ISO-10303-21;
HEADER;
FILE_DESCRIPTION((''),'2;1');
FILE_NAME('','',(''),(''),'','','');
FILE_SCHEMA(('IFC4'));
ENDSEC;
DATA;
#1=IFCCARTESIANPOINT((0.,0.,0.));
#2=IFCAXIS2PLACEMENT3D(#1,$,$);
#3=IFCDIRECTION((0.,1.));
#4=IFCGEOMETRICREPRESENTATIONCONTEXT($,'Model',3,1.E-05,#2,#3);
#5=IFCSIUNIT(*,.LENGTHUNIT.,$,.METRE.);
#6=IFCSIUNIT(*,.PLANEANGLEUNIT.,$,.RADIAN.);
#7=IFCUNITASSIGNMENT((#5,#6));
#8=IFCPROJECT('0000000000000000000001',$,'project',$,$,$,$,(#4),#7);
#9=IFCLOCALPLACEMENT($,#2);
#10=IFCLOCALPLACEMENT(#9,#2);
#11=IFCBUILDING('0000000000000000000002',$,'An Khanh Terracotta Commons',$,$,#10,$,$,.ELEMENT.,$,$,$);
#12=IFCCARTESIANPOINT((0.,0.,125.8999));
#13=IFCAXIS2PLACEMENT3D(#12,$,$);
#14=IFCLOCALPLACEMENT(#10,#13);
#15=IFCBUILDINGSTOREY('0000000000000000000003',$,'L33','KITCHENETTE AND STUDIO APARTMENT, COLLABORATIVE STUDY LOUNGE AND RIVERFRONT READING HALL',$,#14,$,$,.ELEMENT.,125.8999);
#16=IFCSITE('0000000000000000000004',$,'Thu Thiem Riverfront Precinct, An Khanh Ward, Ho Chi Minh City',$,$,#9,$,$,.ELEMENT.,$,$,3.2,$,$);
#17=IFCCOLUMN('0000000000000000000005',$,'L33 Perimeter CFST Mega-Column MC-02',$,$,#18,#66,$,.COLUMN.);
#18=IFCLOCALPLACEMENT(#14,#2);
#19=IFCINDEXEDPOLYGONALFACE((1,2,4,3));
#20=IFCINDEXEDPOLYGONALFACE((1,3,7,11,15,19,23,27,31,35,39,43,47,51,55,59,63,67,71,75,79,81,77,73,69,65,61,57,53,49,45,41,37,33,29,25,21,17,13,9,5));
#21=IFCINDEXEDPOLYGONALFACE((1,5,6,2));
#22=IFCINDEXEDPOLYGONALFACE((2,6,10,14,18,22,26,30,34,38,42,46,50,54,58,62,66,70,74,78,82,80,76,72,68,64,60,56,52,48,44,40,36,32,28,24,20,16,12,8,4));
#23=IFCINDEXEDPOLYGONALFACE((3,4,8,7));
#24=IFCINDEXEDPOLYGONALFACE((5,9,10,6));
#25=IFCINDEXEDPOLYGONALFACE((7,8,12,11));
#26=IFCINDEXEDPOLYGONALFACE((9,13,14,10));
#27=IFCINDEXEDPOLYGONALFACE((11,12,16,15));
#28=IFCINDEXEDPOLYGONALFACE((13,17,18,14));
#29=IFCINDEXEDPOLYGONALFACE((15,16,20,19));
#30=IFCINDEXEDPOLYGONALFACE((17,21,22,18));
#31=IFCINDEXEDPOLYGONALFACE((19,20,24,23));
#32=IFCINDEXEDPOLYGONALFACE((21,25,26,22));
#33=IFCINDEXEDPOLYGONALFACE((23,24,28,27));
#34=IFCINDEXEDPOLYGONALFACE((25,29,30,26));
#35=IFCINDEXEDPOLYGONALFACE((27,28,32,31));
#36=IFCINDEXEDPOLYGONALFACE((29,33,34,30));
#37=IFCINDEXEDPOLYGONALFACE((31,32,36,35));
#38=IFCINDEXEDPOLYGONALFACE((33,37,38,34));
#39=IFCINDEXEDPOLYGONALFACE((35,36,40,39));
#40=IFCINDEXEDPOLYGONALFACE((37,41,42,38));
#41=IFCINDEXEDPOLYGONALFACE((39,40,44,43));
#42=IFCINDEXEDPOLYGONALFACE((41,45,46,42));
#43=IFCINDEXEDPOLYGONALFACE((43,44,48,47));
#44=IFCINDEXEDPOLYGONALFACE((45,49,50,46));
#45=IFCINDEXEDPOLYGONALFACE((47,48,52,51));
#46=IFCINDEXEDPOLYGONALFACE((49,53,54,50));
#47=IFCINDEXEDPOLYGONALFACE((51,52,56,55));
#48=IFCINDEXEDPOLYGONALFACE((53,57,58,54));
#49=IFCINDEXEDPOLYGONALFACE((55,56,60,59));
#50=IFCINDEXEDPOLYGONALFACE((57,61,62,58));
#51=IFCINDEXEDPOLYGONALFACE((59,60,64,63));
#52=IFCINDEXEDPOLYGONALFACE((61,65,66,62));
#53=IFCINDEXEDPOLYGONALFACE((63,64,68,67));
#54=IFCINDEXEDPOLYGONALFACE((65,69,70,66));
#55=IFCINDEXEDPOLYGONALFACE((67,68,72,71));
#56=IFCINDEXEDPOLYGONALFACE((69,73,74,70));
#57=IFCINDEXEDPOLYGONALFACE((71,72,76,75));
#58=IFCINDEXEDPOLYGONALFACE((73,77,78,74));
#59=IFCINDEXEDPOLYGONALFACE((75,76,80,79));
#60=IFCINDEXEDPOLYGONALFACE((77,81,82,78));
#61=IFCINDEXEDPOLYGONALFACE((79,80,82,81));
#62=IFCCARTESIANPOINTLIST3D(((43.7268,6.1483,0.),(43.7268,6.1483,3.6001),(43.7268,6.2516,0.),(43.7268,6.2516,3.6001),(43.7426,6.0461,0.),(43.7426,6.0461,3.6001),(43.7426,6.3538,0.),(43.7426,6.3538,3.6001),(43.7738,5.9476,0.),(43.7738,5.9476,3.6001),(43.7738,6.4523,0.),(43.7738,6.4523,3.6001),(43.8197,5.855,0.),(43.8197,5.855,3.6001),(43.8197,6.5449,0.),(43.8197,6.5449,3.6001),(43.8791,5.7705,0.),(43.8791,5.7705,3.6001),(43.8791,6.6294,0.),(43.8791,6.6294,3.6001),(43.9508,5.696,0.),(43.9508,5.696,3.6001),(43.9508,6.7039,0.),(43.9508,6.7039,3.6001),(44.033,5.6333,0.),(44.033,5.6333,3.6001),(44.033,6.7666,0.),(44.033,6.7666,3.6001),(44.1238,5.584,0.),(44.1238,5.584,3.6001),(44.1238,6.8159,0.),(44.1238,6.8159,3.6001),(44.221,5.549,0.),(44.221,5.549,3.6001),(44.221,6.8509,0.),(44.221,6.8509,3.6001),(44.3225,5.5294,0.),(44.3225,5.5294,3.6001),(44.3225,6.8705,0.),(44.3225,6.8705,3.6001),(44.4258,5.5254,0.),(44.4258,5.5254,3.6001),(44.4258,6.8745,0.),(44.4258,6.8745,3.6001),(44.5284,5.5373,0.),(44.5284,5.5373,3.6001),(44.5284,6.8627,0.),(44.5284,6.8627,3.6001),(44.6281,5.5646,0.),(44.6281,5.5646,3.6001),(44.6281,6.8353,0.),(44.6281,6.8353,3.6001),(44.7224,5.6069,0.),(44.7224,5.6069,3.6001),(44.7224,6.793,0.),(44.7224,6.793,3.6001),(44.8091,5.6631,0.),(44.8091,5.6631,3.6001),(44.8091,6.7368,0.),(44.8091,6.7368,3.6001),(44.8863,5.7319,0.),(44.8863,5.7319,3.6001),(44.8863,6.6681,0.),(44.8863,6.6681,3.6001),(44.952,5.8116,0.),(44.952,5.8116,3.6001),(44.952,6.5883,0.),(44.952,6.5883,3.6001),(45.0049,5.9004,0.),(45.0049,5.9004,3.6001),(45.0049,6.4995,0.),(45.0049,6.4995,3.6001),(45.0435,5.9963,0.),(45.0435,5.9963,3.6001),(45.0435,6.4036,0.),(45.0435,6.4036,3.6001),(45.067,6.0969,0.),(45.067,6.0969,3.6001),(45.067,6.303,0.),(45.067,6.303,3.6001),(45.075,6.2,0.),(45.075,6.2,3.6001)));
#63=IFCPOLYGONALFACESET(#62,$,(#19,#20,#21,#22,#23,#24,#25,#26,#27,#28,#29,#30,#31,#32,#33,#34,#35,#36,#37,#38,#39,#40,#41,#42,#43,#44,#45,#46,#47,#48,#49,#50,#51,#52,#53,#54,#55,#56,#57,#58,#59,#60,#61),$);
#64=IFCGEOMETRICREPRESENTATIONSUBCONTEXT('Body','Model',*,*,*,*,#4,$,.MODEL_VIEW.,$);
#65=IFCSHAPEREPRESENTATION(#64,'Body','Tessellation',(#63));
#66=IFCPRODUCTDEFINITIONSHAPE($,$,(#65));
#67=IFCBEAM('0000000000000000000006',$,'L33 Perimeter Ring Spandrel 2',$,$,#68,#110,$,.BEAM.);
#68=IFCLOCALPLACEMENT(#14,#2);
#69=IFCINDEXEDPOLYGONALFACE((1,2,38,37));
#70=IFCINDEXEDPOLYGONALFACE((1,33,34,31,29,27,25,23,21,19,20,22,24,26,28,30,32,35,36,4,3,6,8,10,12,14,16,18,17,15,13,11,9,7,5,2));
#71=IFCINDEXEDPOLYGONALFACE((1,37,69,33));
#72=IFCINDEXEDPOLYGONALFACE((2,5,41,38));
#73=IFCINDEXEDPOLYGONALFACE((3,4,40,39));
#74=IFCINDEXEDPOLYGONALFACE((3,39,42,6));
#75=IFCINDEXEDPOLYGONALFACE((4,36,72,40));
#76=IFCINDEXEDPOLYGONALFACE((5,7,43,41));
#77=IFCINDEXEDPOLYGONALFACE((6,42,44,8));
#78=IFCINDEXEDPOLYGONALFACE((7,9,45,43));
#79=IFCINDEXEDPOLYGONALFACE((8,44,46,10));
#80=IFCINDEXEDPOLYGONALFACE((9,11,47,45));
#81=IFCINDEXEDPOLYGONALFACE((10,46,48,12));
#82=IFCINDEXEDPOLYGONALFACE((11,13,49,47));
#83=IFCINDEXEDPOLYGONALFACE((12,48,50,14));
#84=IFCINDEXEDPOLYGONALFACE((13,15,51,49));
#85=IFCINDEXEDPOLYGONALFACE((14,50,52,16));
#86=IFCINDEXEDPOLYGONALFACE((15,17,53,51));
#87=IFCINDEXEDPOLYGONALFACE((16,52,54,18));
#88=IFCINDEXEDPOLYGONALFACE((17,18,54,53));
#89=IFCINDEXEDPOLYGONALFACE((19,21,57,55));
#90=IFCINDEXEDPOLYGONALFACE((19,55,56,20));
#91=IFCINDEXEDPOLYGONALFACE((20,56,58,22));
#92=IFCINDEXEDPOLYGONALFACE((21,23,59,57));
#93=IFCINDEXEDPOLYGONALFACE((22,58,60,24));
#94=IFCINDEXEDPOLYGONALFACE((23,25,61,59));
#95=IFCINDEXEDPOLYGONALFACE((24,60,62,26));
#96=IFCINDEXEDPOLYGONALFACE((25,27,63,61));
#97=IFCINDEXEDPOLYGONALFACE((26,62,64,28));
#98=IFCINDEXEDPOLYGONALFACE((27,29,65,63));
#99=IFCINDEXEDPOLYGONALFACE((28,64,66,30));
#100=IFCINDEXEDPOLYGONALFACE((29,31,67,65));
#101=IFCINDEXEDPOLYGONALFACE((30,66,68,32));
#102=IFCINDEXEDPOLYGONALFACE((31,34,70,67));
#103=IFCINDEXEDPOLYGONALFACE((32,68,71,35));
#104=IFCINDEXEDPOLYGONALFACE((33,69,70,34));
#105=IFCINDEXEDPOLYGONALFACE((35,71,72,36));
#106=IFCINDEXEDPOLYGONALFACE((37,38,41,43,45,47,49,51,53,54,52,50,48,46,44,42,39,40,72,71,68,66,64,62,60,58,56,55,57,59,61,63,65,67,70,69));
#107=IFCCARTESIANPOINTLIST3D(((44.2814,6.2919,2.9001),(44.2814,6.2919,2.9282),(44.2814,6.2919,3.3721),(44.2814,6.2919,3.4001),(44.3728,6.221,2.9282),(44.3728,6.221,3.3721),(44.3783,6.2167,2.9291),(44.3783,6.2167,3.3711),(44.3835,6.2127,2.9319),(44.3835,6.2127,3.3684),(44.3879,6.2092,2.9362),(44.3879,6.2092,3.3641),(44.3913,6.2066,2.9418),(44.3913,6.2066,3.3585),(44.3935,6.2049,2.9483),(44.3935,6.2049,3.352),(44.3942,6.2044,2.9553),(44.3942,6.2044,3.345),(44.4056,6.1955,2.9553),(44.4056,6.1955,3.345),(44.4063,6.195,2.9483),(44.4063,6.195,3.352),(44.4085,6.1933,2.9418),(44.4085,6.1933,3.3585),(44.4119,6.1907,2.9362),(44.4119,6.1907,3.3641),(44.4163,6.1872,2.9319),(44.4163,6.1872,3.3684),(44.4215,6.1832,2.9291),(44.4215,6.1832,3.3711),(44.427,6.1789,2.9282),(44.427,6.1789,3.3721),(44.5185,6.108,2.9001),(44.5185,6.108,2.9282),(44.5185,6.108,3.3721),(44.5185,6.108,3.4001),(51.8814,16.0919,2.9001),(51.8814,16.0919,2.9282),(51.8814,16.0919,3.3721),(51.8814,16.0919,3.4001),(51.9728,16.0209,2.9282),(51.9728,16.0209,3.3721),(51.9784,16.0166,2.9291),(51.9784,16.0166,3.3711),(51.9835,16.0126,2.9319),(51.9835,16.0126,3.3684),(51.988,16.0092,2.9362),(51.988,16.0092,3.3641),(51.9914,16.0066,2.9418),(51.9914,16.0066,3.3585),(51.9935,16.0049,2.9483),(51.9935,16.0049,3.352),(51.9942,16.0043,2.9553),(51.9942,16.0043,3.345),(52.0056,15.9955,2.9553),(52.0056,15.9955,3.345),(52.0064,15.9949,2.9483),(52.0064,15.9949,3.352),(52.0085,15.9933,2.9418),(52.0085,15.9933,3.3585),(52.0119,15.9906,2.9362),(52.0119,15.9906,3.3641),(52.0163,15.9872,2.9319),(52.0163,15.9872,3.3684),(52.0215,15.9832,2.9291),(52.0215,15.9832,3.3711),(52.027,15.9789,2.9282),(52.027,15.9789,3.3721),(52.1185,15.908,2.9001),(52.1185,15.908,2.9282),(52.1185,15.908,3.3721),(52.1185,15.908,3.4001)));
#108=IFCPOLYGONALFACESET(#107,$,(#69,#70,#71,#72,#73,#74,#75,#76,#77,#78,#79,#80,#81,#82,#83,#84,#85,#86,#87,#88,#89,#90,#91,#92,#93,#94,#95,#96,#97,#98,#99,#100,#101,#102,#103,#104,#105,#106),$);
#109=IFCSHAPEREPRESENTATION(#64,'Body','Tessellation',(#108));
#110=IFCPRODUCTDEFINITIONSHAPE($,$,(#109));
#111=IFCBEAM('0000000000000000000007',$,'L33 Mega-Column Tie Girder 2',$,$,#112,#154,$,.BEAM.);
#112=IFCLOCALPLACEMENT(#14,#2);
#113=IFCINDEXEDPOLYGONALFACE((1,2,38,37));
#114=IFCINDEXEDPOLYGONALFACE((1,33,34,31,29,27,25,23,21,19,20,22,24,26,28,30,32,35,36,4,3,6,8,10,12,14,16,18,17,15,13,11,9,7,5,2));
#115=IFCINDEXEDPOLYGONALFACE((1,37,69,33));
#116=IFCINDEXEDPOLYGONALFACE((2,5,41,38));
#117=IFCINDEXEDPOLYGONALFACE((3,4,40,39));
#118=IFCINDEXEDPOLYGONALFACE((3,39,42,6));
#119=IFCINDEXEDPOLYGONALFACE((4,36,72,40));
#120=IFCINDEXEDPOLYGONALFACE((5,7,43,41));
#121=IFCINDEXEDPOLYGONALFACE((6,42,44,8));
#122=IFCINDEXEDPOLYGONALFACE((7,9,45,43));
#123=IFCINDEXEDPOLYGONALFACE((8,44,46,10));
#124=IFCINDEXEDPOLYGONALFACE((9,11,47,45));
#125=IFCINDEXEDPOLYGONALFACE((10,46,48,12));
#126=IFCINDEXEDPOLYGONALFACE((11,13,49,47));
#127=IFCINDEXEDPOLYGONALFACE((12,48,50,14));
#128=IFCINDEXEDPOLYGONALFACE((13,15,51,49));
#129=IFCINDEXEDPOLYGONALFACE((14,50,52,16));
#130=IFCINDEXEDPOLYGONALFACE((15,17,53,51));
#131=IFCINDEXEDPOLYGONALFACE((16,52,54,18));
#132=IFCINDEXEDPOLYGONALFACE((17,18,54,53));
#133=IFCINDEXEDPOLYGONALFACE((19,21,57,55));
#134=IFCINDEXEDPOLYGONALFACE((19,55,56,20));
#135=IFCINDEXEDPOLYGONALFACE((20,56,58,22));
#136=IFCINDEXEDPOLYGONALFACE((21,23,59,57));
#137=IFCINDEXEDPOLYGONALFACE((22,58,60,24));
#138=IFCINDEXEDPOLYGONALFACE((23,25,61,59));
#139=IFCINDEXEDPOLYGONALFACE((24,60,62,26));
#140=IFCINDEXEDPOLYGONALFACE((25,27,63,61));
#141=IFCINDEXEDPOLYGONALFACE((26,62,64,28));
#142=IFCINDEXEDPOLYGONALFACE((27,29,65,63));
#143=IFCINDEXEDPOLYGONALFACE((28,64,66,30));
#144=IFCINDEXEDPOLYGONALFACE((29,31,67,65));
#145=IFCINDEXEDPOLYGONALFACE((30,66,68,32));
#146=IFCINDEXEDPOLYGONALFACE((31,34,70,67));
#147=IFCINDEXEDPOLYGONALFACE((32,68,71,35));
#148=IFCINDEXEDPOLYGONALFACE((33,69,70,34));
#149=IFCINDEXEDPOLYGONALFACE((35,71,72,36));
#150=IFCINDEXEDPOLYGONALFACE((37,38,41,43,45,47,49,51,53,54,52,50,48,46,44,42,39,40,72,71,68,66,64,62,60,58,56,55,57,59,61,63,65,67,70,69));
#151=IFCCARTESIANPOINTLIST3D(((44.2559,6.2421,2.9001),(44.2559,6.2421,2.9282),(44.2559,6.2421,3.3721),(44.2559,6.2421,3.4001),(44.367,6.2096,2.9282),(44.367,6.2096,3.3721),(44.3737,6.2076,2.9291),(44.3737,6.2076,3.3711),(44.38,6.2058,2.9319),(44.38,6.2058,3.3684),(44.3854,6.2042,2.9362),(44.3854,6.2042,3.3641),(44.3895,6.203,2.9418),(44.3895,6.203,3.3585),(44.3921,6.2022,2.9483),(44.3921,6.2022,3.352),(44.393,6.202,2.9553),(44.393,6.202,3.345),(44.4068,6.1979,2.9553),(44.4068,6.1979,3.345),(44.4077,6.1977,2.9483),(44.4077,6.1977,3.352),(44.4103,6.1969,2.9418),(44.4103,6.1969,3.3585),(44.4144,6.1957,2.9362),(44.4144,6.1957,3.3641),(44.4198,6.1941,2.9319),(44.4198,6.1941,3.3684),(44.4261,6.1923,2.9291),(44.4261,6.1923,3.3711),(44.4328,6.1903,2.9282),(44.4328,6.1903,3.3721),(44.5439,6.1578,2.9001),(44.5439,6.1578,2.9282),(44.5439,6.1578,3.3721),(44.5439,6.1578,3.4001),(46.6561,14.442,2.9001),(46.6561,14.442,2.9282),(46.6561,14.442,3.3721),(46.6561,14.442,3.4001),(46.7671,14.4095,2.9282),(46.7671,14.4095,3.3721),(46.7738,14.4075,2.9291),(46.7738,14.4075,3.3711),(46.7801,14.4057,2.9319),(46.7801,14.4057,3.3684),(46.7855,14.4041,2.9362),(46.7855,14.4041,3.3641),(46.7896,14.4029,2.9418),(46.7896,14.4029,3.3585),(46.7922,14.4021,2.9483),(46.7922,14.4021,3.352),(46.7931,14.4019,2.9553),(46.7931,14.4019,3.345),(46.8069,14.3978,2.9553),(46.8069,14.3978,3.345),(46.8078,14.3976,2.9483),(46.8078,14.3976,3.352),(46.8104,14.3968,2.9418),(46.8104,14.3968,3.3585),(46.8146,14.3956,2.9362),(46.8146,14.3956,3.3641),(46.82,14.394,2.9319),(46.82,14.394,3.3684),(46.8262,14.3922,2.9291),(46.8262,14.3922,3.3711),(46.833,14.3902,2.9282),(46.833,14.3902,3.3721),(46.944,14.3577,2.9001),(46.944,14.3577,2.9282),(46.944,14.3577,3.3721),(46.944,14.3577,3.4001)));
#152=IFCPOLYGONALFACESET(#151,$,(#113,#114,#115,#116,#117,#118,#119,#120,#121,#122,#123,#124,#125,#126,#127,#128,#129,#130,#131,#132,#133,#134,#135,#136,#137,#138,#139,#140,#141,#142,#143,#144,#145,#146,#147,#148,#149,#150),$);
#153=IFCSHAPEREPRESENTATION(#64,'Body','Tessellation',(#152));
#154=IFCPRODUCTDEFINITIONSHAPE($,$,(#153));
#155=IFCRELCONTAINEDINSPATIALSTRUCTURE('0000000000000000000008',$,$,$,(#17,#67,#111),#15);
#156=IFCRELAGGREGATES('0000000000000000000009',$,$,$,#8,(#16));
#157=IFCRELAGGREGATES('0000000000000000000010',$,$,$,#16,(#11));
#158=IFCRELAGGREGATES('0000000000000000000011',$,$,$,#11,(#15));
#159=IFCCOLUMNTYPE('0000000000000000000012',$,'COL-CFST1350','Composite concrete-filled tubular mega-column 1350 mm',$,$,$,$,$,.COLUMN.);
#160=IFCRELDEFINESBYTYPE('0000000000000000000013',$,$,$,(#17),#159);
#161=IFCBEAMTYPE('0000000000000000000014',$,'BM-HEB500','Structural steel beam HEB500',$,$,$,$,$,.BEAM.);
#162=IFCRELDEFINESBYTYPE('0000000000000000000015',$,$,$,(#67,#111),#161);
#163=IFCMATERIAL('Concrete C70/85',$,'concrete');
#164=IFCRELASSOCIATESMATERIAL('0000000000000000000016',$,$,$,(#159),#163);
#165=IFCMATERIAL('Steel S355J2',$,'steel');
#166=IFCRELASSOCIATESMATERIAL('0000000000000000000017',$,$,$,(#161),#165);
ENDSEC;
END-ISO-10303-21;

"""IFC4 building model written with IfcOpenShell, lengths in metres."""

from ifc_helpers import new_model, si_unit, direction, frame, origin, origin_2d, place, context, subcontext, project, spatial, circle, i_section, extrude, material, material_profile, profile_set, type_object, element, save


model = new_model("IFC4")

# Units and contexts
model_context = context("Model", 3, precision=1e-05, world=origin(), true_north=direction((0.0, 1.0)))
body_context = subcontext(model_context, "Body", "Model", "MODEL_VIEW")
ifc_project = project(units=[si_unit("LENGTHUNIT", "METRE"), si_unit("PLANEANGLEUNIT", "RADIAN")], contexts=[model_context])

# Site, building, storey
site_placement = place(None, origin())
site = spatial("IfcSite", under=ifc_project, at=site_placement, Name="Thu Thiem Riverfront Precinct, An Khanh Ward, Ho Chi Minh City", CompositionType="ELEMENT", RefElevation=3.2)
building_placement = place(site_placement, origin())
building = spatial("IfcBuilding", under=site, at=building_placement, Name="An Khanh Terracotta Commons", CompositionType="ELEMENT")
storey_placement = place(building_placement, frame((0.0, 0.0, 125.8999)))
storey = spatial("IfcBuildingStorey", under=building, at=storey_placement, Name="L33", Description="KITCHENETTE AND STUDIO APARTMENT, COLLABORATIVE STUDY LOUNGE AND RIVERFRONT READING HALL", CompositionType="ELEMENT", Elevation=125.8999)

# Column
ifc_material_1 = material(Name="Concrete C70/85", Category="concrete")
ifc_material_profile_1 = material_profile(ifc_material_1, circle(Radius=0.675, at=origin_2d()), Name="CFST1350")
ifc_profile_set_1 = profile_set([ifc_material_profile_1], Name="Concrete C70/85")
column_type = type_object("IfcColumnType", Name="COL-CFST1350", Description="Composite concrete-filled tubular mega-column 1350 mm", PredefinedType="COLUMN", material=ifc_profile_set_1)
column_placement = place(storey_placement, frame((44.3999, 6.2, 0.0), z_axis=(0.0, 0.0, 1.0), x_axis=(1.0, 0.0, 0.0)))
element("IfcColumn", 1, at=column_placement, inside=storey, type_object=column_type, Name="L33 Perimeter CFST Mega-Column MC-02", PredefinedType="COLUMN", context=body_context, shape_type="SweptSolid", body=[
    extrude(circle(Radius=0.675, at=origin_2d()), origin(), (0.0, 0.0, 1.0), 3.6001),
])

# Beams
ifc_material_2 = material(Name="Steel S355J2", Category="steel")
ifc_material_profile_2 = material_profile(ifc_material_2, i_section(OverallWidth=0.3, OverallDepth=0.5, WebThickness=0.0144, FlangeThickness=0.0281, FilletRadius=0.0271, at=origin_2d()), Name="HEB500")
ifc_profile_set_2 = profile_set([ifc_material_profile_2], Name="Steel S355J2")
beam_type = type_object("IfcBeamType", Name="BM-HEB500", Description="Structural steel beam HEB500", PredefinedType="BEAM", material=ifc_profile_set_2)
beam_1_placement = place(storey_placement, frame((44.3999, 6.2, 3.1501), z_axis=(0.612827, 0.790217, 0.0), x_axis=(-0.790217, 0.612827, 0.0)))
element("IfcBeam", 2, at=beam_1_placement, inside=storey, type_object=beam_type, Name="L33 Perimeter Ring Spandrel 2", PredefinedType="BEAM", context=body_context, shape_type="SweptSolid", body=[
    extrude(i_section(OverallWidth=0.3, OverallDepth=0.5, WebThickness=0.0144, FlangeThickness=0.0281, FilletRadius=0.0271, at=origin_2d()), origin(), (0.0, 0.0, 1.0), 12.4016),
])
beam_2_placement = place(storey_placement, frame((44.3999, 6.2, 3.1501), z_axis=(0.280916, 0.959732, 0.0), x_axis=(-0.959732, 0.280916, 0.0)))
element("IfcBeam", 3, at=beam_2_placement, inside=storey, type_object=beam_type, Name="L33 Mega-Column Tie Girder 2", PredefinedType="BEAM", context=body_context, shape_type="SweptSolid", body=[
    extrude(i_section(OverallWidth=0.3, OverallDepth=0.5, WebThickness=0.0144, FlangeThickness=0.0281, FilletRadius=0.0271, at=origin_2d()), origin(), (0.0, 0.0, 1.0), 8.5439),
])

save(model, "model.ifc")
